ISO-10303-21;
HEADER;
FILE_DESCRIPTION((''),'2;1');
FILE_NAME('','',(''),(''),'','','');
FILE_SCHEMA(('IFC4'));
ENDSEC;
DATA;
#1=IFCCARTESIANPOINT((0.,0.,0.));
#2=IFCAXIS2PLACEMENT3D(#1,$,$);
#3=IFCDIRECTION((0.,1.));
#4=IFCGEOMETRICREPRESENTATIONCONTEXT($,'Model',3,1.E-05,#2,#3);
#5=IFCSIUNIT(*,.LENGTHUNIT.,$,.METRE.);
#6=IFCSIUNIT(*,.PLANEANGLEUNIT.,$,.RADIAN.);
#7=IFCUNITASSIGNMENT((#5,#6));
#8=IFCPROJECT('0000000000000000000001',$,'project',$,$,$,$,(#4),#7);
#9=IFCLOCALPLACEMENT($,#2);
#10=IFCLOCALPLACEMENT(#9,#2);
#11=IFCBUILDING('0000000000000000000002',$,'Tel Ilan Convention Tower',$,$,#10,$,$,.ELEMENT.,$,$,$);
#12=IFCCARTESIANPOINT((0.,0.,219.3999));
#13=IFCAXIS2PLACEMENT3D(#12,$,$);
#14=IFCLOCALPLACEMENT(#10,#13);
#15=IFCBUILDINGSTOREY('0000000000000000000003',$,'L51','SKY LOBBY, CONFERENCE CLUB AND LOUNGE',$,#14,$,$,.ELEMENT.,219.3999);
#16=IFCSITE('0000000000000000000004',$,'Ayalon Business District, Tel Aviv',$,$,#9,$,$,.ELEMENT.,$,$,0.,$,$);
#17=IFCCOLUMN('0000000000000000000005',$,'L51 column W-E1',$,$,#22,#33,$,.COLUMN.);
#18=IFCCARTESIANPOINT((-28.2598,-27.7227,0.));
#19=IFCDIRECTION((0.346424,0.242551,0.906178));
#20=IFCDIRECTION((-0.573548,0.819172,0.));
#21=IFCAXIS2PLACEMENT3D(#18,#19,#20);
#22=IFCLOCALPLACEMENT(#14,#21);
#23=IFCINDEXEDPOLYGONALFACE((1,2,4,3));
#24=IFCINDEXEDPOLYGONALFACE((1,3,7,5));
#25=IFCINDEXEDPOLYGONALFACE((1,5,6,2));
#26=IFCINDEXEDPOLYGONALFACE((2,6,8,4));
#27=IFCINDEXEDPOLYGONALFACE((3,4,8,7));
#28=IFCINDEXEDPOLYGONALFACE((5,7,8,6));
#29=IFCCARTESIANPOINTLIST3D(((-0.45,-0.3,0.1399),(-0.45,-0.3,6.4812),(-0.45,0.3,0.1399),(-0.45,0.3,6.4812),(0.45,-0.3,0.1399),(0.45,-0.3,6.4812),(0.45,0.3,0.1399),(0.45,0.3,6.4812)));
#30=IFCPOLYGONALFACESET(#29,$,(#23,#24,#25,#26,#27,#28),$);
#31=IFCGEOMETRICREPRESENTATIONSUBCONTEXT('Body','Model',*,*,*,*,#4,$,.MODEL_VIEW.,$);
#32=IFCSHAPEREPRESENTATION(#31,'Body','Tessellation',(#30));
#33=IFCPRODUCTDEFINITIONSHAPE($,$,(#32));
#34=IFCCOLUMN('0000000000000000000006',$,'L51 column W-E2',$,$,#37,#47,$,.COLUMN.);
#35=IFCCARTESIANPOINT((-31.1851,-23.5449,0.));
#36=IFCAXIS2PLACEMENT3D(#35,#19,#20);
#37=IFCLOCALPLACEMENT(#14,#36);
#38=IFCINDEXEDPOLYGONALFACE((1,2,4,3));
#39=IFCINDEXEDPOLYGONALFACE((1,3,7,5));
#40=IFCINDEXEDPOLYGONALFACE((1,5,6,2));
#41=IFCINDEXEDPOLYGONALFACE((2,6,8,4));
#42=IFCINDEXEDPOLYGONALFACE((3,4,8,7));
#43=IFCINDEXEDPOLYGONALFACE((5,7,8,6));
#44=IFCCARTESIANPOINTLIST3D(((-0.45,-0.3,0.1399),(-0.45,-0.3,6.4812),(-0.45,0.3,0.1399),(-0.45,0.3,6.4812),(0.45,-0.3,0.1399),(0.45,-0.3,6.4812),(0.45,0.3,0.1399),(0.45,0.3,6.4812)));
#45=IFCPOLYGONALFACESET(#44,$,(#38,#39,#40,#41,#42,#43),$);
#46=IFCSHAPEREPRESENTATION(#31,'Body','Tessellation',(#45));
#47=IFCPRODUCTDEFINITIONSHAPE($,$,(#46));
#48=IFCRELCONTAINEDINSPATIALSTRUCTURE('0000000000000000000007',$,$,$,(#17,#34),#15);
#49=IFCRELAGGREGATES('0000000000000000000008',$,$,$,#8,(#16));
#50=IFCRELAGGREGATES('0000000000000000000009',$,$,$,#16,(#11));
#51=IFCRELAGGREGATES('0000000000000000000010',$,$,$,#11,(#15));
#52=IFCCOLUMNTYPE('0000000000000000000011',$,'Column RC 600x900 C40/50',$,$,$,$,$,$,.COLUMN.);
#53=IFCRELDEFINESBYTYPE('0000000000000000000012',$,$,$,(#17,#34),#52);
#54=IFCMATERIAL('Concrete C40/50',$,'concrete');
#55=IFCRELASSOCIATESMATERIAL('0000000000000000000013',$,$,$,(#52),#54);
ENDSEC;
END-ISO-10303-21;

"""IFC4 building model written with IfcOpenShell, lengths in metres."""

from ifc_helpers import new_model, si_unit, direction, frame, origin, origin_2d, place, context, subcontext, project, spatial, rectangle, extrude, clip, halfspace, material, material_profile, profile_set, type_object, element, save


model = new_model("IFC4")

# Units and contexts
model_context = context("Model", 3, precision=1e-05, world=origin(), true_north=direction((0.0, 1.0)))
body_context = subcontext(model_context, "Body", "Model", "MODEL_VIEW")
ifc_project = project(units=[si_unit("LENGTHUNIT", "METRE"), si_unit("PLANEANGLEUNIT", "RADIAN")], contexts=[model_context])

# Site, building, storey
site_placement = place(None, origin())
site = spatial("IfcSite", under=ifc_project, at=site_placement, Name="Ayalon Business District, Tel Aviv", CompositionType="ELEMENT", RefElevation=0.0)
building_placement = place(site_placement, origin())
building = spatial("IfcBuilding", under=site, at=building_placement, Name="Tel Ilan Convention Tower", CompositionType="ELEMENT")
storey_placement = place(building_placement, frame((0.0, 0.0, 219.3999)))
storey = spatial("IfcBuildingStorey", under=building, at=storey_placement, Name="L51", Description="SKY LOBBY, CONFERENCE CLUB AND LOUNGE", CompositionType="ELEMENT", Elevation=219.3999)

# Columns
ifc_material_1 = material(Name="Concrete C40/50", Category="concrete")
ifc_material_profile_1 = material_profile(ifc_material_1, rectangle(XDim=0.8999, YDim=0.6001, at=origin_2d()), Name="RC 600x900")
ifc_profile_set_1 = profile_set([ifc_material_profile_1], Name="Concrete C40/50")
column_type = type_object("IfcColumnType", Name="Column RC 600x900 C40/50", PredefinedType="COLUMN", material=ifc_profile_set_1)
for number, where, z_axis, x_axis, name in (
    (1, (-28.2598, -27.7227, 0.0), (0.346424, 0.242551, 0.906178), (-0.573548, 0.819172, 0.0), "L51 column W-E1"),
    (2, (-31.1851, -23.5449, 0.0), (0.346424, 0.242551, 0.906178), (-0.573548, 0.819172, 0.0), "L51 column W-E2"),
):
    element("IfcColumn", number, at=place(storey_placement, frame(where, z_axis=z_axis, x_axis=x_axis)), inside=storey, type_object=column_type, Name=name, PredefinedType="COLUMN", context=body_context, shape_type="Clipping", body=[
        clip(clip(extrude(rectangle(XDim=0.8999, YDim=0.6001, at=origin_2d()), origin(), (0.0, 0.0, 1.0), 6.6213), halfspace(frame((0.0, 0.0, 0.1399), z_axis=(0.0, 0.0, 1.0), x_axis=(1.0, 0.0, 0.0)), True)), halfspace(frame((0.0, 0.0, 6.4812), z_axis=(0.0, 0.0, 1.0), x_axis=(1.0, 0.0, 0.0)), False)),
    ])

save(model, "model.ifc")
